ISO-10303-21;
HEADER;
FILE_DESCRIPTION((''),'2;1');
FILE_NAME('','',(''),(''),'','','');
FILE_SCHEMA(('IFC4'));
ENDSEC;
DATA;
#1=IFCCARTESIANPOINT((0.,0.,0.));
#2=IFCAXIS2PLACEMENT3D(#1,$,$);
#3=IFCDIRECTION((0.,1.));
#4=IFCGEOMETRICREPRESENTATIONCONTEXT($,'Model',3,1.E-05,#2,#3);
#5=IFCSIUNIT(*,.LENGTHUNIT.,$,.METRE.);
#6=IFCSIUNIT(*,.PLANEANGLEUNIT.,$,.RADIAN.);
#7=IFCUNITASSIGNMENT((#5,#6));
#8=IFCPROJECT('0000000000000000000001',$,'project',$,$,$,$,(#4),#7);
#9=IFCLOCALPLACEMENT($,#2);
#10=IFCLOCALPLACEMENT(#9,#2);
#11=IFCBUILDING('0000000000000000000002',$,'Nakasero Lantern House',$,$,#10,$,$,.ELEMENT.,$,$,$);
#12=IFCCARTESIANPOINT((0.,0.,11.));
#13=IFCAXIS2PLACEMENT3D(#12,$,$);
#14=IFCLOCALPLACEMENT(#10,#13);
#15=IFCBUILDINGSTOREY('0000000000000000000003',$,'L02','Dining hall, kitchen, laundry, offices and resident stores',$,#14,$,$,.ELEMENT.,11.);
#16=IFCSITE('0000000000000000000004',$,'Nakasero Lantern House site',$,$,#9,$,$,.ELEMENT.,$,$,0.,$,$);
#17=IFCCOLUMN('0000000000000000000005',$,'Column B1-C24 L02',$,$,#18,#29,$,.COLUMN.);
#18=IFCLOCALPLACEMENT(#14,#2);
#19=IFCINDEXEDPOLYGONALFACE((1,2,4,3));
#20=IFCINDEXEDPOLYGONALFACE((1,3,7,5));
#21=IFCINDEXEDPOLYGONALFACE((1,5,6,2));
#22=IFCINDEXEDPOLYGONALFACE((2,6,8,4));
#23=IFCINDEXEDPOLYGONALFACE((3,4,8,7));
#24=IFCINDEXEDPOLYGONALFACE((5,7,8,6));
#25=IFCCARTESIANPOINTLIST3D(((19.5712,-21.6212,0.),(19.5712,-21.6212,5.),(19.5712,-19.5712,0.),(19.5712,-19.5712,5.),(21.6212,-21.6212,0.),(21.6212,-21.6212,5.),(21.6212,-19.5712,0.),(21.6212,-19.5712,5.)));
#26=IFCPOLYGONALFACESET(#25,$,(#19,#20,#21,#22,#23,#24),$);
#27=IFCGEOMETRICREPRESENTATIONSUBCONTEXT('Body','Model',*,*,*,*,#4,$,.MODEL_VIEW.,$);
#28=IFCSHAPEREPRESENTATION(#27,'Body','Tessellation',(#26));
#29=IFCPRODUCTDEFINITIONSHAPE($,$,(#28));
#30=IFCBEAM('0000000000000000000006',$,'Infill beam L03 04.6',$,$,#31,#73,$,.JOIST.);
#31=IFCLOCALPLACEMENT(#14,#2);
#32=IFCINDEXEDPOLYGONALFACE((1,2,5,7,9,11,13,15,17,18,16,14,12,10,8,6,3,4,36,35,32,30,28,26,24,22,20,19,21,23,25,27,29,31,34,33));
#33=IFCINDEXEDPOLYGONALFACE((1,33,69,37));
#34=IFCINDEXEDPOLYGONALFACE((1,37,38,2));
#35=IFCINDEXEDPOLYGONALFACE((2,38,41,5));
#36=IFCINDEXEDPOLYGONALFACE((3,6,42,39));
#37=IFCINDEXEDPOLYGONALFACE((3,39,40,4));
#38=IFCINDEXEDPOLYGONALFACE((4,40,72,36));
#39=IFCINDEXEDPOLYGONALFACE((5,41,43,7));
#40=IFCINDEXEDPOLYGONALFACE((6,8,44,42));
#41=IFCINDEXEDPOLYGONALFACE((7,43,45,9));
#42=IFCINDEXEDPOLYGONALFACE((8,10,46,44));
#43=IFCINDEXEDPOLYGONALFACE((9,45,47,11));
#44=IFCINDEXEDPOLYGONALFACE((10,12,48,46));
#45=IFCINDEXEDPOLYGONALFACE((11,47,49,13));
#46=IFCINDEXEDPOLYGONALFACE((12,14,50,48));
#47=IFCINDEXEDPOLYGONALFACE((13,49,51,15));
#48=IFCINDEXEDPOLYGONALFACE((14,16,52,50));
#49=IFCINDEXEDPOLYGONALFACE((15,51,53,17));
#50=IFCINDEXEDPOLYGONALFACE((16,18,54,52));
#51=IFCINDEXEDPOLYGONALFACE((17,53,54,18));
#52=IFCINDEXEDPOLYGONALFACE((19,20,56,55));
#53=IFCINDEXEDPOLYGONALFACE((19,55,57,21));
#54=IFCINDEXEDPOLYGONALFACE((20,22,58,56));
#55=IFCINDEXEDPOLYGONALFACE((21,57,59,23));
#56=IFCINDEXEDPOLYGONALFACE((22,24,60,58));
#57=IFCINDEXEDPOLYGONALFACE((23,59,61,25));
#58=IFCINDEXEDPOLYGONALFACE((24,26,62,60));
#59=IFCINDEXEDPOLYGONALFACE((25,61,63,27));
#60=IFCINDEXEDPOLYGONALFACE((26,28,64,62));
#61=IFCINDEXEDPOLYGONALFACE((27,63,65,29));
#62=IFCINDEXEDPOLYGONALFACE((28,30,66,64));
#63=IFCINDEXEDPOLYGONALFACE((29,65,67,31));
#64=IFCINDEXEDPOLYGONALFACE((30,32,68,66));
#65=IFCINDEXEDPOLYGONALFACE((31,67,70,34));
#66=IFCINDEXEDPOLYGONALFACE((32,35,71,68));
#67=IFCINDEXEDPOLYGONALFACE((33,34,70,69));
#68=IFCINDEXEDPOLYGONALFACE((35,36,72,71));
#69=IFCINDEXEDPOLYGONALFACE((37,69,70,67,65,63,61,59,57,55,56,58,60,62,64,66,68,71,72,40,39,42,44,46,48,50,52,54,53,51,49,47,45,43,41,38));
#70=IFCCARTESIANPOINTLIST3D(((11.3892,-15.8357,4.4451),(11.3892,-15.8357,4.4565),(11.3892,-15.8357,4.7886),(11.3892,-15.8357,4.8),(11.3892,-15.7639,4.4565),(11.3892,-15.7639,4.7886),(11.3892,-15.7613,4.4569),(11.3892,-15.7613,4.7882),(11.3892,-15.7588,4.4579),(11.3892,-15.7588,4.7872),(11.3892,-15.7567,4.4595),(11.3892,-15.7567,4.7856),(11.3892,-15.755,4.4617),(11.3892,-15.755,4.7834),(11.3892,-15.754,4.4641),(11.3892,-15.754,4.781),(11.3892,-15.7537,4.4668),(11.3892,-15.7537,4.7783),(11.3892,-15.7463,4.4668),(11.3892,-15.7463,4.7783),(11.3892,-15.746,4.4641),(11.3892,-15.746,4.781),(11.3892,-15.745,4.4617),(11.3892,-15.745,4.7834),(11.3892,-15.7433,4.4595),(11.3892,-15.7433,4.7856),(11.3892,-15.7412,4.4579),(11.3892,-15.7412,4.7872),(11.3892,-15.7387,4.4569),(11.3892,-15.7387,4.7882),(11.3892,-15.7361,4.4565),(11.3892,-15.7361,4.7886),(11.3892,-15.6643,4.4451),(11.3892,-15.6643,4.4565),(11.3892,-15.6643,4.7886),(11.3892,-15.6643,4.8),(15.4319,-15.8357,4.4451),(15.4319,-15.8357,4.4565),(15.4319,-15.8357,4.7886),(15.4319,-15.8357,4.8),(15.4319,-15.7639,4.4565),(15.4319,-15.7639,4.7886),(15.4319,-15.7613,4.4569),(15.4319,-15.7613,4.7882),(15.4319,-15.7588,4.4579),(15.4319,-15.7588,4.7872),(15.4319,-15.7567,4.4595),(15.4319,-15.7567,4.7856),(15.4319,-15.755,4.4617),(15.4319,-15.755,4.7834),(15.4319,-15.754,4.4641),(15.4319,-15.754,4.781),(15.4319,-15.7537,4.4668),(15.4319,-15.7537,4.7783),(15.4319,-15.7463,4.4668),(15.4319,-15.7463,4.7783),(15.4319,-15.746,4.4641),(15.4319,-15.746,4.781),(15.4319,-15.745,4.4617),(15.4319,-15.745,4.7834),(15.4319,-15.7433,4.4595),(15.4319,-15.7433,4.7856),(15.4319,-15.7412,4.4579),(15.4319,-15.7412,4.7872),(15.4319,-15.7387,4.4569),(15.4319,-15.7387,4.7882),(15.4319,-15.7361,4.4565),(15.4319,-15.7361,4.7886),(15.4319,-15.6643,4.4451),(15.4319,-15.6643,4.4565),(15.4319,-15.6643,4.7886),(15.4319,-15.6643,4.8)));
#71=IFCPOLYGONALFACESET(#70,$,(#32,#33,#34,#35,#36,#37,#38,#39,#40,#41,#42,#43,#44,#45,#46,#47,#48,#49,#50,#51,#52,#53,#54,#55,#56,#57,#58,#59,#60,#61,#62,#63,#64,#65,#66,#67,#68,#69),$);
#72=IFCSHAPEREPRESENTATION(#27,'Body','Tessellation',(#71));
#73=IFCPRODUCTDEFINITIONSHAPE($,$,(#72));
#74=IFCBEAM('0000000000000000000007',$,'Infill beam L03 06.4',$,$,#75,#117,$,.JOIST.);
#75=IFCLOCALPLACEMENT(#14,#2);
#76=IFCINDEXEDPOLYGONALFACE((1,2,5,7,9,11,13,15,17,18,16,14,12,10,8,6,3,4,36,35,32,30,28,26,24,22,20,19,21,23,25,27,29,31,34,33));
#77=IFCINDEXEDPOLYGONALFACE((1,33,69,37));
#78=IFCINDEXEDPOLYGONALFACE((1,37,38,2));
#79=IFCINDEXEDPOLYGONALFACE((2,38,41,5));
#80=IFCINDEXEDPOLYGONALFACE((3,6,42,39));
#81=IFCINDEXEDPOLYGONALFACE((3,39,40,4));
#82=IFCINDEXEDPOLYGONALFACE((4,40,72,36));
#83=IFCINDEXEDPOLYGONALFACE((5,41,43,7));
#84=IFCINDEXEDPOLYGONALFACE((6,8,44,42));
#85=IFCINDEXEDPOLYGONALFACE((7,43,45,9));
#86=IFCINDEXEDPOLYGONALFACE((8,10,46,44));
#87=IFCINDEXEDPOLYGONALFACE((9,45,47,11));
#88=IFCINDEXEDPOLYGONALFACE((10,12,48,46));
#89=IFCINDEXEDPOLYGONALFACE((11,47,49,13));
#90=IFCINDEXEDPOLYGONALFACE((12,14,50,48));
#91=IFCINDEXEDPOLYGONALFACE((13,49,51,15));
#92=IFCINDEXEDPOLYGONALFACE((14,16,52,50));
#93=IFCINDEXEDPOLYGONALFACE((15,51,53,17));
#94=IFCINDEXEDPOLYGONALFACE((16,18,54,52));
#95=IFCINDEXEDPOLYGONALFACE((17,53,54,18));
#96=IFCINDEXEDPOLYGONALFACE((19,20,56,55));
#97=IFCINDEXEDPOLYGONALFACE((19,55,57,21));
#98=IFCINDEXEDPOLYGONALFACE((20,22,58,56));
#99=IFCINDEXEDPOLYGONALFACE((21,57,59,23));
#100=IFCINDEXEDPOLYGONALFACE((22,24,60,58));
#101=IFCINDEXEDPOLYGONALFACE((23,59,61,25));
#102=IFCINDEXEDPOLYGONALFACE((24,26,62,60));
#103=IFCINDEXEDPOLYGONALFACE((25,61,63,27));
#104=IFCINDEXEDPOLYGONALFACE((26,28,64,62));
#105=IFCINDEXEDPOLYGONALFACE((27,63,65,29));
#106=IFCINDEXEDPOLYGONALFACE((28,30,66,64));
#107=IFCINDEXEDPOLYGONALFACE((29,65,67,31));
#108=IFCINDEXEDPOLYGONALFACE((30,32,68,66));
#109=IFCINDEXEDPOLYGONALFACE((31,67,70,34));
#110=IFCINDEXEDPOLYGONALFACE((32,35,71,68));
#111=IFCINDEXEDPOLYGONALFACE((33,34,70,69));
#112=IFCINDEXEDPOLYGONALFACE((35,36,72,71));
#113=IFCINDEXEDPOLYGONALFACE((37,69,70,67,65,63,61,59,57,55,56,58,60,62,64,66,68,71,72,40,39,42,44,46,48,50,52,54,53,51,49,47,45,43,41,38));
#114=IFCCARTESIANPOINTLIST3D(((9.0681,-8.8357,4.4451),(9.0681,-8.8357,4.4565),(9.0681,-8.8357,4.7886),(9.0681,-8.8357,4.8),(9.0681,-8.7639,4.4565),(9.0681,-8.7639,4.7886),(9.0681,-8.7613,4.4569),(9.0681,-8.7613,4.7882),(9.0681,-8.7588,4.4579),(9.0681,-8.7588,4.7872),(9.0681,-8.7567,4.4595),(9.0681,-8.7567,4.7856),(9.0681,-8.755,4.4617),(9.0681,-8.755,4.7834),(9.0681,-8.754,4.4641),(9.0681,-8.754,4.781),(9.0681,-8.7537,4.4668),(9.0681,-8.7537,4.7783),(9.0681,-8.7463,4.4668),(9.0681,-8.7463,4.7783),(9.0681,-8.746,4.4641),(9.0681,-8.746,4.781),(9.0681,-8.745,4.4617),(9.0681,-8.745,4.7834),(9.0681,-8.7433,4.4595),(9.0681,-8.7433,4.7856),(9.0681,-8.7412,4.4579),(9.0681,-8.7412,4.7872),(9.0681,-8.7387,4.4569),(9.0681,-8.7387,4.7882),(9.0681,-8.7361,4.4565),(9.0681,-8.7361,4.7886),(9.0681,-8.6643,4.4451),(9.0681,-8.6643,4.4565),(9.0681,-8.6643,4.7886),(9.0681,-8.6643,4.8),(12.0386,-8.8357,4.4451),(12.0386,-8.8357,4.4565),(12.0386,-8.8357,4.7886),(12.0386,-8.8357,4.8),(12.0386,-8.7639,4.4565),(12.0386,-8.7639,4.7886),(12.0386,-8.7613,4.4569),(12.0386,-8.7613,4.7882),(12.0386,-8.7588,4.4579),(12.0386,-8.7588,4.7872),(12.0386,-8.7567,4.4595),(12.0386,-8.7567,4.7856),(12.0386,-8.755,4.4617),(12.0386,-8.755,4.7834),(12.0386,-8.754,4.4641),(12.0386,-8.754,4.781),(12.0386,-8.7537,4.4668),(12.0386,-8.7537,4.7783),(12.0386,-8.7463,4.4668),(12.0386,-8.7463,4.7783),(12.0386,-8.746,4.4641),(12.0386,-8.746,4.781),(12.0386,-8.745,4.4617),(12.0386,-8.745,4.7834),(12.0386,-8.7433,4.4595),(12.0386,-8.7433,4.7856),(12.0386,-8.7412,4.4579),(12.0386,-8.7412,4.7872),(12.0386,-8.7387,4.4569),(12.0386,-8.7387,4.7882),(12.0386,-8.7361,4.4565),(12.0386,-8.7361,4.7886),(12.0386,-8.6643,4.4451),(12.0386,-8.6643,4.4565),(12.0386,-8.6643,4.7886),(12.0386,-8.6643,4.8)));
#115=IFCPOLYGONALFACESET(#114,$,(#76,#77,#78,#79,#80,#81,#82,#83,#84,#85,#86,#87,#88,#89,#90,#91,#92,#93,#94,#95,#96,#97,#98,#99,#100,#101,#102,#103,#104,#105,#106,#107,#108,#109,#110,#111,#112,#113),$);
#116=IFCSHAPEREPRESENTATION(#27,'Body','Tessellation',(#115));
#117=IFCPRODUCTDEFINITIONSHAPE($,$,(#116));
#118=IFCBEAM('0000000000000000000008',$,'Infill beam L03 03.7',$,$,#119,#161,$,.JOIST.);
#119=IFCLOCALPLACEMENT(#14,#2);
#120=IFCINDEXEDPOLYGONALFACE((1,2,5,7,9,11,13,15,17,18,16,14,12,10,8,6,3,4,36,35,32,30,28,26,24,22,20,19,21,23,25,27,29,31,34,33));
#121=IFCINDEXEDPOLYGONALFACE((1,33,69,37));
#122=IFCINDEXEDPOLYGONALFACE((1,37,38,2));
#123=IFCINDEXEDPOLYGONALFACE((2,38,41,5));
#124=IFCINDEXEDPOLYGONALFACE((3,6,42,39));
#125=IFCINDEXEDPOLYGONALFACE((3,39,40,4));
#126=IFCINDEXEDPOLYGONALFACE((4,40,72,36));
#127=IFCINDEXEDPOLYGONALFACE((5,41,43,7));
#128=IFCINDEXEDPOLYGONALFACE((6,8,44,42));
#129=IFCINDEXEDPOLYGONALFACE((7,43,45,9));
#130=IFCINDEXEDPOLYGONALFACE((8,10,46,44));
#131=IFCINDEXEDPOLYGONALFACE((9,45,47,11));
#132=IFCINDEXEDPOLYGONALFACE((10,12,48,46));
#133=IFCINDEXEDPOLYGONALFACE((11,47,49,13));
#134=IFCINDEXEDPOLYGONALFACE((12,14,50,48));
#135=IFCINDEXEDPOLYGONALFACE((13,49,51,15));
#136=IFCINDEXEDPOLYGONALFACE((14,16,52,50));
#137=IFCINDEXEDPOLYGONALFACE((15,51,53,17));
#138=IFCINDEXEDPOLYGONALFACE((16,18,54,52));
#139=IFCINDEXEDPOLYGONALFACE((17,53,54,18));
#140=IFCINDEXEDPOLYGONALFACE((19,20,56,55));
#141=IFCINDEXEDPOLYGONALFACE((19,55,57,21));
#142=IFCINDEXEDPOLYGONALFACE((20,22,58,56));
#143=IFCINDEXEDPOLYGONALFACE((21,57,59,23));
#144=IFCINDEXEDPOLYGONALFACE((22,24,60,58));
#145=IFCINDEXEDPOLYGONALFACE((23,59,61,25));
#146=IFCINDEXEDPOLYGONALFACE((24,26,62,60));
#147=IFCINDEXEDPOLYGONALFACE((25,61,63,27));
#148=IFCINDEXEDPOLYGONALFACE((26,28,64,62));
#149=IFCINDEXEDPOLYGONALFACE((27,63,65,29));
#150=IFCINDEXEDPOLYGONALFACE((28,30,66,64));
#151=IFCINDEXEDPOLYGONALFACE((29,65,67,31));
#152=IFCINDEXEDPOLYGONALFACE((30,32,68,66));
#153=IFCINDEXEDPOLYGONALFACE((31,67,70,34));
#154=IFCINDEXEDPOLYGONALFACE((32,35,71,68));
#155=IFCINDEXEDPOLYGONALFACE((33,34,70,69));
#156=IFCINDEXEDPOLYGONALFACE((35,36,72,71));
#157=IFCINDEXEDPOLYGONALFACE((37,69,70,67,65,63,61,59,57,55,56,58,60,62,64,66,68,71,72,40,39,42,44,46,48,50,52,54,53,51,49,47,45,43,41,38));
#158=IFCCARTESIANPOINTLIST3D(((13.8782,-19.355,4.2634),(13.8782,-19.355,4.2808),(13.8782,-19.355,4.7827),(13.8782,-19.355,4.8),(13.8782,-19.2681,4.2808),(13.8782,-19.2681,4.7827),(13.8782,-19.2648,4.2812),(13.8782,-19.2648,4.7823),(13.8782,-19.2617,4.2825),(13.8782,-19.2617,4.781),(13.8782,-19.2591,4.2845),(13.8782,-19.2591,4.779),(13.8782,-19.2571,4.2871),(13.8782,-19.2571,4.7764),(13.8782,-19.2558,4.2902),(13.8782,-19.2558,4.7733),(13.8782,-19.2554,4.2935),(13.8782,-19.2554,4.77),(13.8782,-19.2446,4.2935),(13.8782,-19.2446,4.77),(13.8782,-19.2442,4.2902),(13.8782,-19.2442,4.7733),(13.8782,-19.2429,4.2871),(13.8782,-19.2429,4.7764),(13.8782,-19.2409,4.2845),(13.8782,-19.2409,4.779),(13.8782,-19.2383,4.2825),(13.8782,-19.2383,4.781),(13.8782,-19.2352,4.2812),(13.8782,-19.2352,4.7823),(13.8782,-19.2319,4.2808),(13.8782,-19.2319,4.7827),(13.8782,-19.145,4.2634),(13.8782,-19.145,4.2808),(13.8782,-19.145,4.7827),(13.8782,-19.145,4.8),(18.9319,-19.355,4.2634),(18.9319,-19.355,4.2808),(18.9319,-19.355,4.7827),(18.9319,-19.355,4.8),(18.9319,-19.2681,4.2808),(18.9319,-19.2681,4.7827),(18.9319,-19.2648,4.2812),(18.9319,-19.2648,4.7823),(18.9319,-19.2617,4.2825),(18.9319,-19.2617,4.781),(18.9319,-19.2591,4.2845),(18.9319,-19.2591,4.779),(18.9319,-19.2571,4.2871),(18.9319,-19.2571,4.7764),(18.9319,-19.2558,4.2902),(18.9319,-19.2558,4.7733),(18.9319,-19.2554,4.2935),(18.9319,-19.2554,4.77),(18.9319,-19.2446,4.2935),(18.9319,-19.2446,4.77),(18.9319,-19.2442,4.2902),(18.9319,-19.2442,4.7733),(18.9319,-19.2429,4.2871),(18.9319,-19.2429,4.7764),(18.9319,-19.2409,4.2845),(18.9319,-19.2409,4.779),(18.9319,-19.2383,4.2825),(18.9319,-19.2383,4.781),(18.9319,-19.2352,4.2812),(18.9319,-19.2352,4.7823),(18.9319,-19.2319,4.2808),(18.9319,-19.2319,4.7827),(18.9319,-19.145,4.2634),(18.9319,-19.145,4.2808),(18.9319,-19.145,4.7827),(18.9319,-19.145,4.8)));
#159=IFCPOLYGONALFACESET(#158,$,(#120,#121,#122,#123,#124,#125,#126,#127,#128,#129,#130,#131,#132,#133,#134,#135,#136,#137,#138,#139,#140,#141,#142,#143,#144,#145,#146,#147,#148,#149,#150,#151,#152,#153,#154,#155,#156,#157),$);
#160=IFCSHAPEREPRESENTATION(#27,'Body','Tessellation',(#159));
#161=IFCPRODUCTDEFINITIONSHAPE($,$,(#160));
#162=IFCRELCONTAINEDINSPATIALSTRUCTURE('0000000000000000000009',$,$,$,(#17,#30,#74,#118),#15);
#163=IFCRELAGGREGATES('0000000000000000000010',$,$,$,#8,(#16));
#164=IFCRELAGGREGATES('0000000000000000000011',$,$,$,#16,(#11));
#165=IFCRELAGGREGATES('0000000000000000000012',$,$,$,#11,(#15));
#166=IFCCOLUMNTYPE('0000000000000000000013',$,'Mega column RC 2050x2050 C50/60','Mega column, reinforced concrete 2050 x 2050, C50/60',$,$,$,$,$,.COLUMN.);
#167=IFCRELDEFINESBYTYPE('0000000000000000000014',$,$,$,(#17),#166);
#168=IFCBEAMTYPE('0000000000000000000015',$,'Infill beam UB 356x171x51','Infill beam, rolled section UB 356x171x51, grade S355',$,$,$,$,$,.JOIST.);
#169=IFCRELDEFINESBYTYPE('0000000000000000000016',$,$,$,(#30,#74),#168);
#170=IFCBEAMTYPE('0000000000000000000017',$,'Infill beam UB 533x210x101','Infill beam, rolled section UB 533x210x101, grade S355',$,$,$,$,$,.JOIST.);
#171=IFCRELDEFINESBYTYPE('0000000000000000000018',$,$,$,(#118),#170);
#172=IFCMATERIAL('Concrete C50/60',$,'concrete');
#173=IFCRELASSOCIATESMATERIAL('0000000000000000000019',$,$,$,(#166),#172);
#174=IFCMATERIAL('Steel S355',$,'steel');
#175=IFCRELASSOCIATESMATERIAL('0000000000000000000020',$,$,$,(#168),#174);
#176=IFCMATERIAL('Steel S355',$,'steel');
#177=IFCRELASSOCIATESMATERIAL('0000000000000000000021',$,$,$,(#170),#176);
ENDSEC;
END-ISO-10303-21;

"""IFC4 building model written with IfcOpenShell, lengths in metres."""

from ifc_helpers import new_model, si_unit, direction, frame, origin, origin_2d, place, context, subcontext, project, spatial, rectangle, i_section, extrude, material, material_profile, profile_set, type_object, element, save


model = new_model("IFC4")

# Units and contexts
model_context = context("Model", 3, precision=1e-05, world=origin(), true_north=direction((0.0, 1.0)))
body_context = subcontext(model_context, "Body", "Model", "MODEL_VIEW")
ifc_project = project(units=[si_unit("LENGTHUNIT", "METRE"), si_unit("PLANEANGLEUNIT", "RADIAN")], contexts=[model_context])

# Site, building, storey
site_placement = place(None, origin())
site = spatial("IfcSite", under=ifc_project, at=site_placement, Name="Nakasero Lantern House site", CompositionType="ELEMENT", RefElevation=0.0)
building_placement = place(site_placement, origin())
building = spatial("IfcBuilding", under=site, at=building_placement, Name="Nakasero Lantern House", CompositionType="ELEMENT")
storey_placement = place(building_placement, frame((0.0, 0.0, 11.0)))
storey = spatial("IfcBuildingStorey", under=building, at=storey_placement, Name="L02", Description="Dining hall, kitchen, laundry, offices and resident stores", CompositionType="ELEMENT", Elevation=11.0)

# Column
ifc_material_1 = material(Name="Concrete C50/60", Category="concrete")
ifc_material_profile_1 = material_profile(ifc_material_1, rectangle(XDim=2.05, YDim=2.05, at=origin_2d()), Name="RC 2050x2050")
ifc_profile_set_1 = profile_set([ifc_material_profile_1], Name="Concrete C50/60")
column_type = type_object("IfcColumnType", Name="Mega column RC 2050x2050 C50/60", Description="Mega column, reinforced concrete 2050 x 2050, C50/60", PredefinedType="COLUMN", material=ifc_profile_set_1)
column_placement = place(storey_placement, frame((20.5962, -20.5962, 0.0), z_axis=(0.0, 0.0, 1.0), x_axis=(1.0, 0.0, 0.0)))
element("IfcColumn", 1, at=column_placement, inside=storey, type_object=column_type, Name="Column B1-C24 L02", PredefinedType="COLUMN", context=body_context, shape_type="SweptSolid", body=[
    extrude(rectangle(XDim=2.05, YDim=2.05, at=origin_2d()), origin(), (0.0, 0.0, 1.0), 5.0),
])

# Beams
ifc_material_2 = material(Name="Steel S355", Category="steel")
ifc_material_profile_2 = material_profile(ifc_material_2, i_section(OverallWidth=0.1714, OverallDepth=0.355, WebThickness=0.0073, FlangeThickness=0.0115, FilletRadius=0.0103, at=origin_2d()), Name="UB 356x171x51")
ifc_profile_set_2 = profile_set([ifc_material_profile_2], Name="Steel S355")
beam_type_1 = type_object("IfcBeamType", Name="Infill beam UB 356x171x51", Description="Infill beam, rolled section UB 356x171x51, grade S355", PredefinedType="JOIST", material=ifc_profile_set_2)
beam_1_placement = place(storey_placement, frame((11.3892, -15.75, 4.6226), z_axis=(1.0, 0.0, 0.0), x_axis=(0.0, 1.0, 0.0)))
element("IfcBeam", 2, at=beam_1_placement, inside=storey, type_object=beam_type_1, Name="Infill beam L03 04.6", PredefinedType="JOIST", context=body_context, shape_type="SweptSolid", body=[
    extrude(i_section(OverallWidth=0.1714, OverallDepth=0.355, WebThickness=0.0073, FlangeThickness=0.0115, FilletRadius=0.0103, at=origin_2d()), origin(), (0.0, 0.0, 1.0), 4.0427),
])
beam_2_placement = place(storey_placement, frame((9.0681, -8.75, 4.6226), z_axis=(1.0, 0.0, 0.0), x_axis=(0.0, 1.0, 0.0)))
element("IfcBeam", 3, at=beam_2_placement, inside=storey, type_object=beam_type_1, Name="Infill beam L03 06.4", PredefinedType="JOIST", context=body_context, shape_type="SweptSolid", body=[
    extrude(i_section(OverallWidth=0.1714, OverallDepth=0.355, WebThickness=0.0073, FlangeThickness=0.0115, FilletRadius=0.0103, at=origin_2d()), origin(), (0.0, 0.0, 1.0), 2.9705),
])
ifc_material_3 = material(Name="Steel S355", Category="steel")
ifc_material_profile_3 = material_profile(ifc_material_3, i_section(OverallWidth=0.21, OverallDepth=0.5366, WebThickness=0.0107, FlangeThickness=0.0173, FilletRadius=0.0127, at=origin_2d()), Name="UB 533x210x101")
ifc_profile_set_3 = profile_set([ifc_material_profile_3], Name="Steel S355")
beam_type_2 = type_object("IfcBeamType", Name="Infill beam UB 533x210x101", Description="Infill beam, rolled section UB 533x210x101, grade S355", PredefinedType="JOIST", material=ifc_profile_set_3)
beam_3_placement = place(storey_placement, frame((13.8782, -19.25, 4.5317), z_axis=(1.0, 0.0, 0.0), x_axis=(0.0, 1.0, 0.0)))
element("IfcBeam", 4, at=beam_3_placement, inside=storey, type_object=beam_type_2, Name="Infill beam L03 03.7", PredefinedType="JOIST", context=body_context, shape_type="SweptSolid", body=[
    extrude(i_section(OverallWidth=0.21, OverallDepth=0.5366, WebThickness=0.0107, FlangeThickness=0.0173, FilletRadius=0.0127, at=origin_2d()), origin(), (0.0, 0.0, 1.0), 5.0537),
])

save(model, "model.ifc")
